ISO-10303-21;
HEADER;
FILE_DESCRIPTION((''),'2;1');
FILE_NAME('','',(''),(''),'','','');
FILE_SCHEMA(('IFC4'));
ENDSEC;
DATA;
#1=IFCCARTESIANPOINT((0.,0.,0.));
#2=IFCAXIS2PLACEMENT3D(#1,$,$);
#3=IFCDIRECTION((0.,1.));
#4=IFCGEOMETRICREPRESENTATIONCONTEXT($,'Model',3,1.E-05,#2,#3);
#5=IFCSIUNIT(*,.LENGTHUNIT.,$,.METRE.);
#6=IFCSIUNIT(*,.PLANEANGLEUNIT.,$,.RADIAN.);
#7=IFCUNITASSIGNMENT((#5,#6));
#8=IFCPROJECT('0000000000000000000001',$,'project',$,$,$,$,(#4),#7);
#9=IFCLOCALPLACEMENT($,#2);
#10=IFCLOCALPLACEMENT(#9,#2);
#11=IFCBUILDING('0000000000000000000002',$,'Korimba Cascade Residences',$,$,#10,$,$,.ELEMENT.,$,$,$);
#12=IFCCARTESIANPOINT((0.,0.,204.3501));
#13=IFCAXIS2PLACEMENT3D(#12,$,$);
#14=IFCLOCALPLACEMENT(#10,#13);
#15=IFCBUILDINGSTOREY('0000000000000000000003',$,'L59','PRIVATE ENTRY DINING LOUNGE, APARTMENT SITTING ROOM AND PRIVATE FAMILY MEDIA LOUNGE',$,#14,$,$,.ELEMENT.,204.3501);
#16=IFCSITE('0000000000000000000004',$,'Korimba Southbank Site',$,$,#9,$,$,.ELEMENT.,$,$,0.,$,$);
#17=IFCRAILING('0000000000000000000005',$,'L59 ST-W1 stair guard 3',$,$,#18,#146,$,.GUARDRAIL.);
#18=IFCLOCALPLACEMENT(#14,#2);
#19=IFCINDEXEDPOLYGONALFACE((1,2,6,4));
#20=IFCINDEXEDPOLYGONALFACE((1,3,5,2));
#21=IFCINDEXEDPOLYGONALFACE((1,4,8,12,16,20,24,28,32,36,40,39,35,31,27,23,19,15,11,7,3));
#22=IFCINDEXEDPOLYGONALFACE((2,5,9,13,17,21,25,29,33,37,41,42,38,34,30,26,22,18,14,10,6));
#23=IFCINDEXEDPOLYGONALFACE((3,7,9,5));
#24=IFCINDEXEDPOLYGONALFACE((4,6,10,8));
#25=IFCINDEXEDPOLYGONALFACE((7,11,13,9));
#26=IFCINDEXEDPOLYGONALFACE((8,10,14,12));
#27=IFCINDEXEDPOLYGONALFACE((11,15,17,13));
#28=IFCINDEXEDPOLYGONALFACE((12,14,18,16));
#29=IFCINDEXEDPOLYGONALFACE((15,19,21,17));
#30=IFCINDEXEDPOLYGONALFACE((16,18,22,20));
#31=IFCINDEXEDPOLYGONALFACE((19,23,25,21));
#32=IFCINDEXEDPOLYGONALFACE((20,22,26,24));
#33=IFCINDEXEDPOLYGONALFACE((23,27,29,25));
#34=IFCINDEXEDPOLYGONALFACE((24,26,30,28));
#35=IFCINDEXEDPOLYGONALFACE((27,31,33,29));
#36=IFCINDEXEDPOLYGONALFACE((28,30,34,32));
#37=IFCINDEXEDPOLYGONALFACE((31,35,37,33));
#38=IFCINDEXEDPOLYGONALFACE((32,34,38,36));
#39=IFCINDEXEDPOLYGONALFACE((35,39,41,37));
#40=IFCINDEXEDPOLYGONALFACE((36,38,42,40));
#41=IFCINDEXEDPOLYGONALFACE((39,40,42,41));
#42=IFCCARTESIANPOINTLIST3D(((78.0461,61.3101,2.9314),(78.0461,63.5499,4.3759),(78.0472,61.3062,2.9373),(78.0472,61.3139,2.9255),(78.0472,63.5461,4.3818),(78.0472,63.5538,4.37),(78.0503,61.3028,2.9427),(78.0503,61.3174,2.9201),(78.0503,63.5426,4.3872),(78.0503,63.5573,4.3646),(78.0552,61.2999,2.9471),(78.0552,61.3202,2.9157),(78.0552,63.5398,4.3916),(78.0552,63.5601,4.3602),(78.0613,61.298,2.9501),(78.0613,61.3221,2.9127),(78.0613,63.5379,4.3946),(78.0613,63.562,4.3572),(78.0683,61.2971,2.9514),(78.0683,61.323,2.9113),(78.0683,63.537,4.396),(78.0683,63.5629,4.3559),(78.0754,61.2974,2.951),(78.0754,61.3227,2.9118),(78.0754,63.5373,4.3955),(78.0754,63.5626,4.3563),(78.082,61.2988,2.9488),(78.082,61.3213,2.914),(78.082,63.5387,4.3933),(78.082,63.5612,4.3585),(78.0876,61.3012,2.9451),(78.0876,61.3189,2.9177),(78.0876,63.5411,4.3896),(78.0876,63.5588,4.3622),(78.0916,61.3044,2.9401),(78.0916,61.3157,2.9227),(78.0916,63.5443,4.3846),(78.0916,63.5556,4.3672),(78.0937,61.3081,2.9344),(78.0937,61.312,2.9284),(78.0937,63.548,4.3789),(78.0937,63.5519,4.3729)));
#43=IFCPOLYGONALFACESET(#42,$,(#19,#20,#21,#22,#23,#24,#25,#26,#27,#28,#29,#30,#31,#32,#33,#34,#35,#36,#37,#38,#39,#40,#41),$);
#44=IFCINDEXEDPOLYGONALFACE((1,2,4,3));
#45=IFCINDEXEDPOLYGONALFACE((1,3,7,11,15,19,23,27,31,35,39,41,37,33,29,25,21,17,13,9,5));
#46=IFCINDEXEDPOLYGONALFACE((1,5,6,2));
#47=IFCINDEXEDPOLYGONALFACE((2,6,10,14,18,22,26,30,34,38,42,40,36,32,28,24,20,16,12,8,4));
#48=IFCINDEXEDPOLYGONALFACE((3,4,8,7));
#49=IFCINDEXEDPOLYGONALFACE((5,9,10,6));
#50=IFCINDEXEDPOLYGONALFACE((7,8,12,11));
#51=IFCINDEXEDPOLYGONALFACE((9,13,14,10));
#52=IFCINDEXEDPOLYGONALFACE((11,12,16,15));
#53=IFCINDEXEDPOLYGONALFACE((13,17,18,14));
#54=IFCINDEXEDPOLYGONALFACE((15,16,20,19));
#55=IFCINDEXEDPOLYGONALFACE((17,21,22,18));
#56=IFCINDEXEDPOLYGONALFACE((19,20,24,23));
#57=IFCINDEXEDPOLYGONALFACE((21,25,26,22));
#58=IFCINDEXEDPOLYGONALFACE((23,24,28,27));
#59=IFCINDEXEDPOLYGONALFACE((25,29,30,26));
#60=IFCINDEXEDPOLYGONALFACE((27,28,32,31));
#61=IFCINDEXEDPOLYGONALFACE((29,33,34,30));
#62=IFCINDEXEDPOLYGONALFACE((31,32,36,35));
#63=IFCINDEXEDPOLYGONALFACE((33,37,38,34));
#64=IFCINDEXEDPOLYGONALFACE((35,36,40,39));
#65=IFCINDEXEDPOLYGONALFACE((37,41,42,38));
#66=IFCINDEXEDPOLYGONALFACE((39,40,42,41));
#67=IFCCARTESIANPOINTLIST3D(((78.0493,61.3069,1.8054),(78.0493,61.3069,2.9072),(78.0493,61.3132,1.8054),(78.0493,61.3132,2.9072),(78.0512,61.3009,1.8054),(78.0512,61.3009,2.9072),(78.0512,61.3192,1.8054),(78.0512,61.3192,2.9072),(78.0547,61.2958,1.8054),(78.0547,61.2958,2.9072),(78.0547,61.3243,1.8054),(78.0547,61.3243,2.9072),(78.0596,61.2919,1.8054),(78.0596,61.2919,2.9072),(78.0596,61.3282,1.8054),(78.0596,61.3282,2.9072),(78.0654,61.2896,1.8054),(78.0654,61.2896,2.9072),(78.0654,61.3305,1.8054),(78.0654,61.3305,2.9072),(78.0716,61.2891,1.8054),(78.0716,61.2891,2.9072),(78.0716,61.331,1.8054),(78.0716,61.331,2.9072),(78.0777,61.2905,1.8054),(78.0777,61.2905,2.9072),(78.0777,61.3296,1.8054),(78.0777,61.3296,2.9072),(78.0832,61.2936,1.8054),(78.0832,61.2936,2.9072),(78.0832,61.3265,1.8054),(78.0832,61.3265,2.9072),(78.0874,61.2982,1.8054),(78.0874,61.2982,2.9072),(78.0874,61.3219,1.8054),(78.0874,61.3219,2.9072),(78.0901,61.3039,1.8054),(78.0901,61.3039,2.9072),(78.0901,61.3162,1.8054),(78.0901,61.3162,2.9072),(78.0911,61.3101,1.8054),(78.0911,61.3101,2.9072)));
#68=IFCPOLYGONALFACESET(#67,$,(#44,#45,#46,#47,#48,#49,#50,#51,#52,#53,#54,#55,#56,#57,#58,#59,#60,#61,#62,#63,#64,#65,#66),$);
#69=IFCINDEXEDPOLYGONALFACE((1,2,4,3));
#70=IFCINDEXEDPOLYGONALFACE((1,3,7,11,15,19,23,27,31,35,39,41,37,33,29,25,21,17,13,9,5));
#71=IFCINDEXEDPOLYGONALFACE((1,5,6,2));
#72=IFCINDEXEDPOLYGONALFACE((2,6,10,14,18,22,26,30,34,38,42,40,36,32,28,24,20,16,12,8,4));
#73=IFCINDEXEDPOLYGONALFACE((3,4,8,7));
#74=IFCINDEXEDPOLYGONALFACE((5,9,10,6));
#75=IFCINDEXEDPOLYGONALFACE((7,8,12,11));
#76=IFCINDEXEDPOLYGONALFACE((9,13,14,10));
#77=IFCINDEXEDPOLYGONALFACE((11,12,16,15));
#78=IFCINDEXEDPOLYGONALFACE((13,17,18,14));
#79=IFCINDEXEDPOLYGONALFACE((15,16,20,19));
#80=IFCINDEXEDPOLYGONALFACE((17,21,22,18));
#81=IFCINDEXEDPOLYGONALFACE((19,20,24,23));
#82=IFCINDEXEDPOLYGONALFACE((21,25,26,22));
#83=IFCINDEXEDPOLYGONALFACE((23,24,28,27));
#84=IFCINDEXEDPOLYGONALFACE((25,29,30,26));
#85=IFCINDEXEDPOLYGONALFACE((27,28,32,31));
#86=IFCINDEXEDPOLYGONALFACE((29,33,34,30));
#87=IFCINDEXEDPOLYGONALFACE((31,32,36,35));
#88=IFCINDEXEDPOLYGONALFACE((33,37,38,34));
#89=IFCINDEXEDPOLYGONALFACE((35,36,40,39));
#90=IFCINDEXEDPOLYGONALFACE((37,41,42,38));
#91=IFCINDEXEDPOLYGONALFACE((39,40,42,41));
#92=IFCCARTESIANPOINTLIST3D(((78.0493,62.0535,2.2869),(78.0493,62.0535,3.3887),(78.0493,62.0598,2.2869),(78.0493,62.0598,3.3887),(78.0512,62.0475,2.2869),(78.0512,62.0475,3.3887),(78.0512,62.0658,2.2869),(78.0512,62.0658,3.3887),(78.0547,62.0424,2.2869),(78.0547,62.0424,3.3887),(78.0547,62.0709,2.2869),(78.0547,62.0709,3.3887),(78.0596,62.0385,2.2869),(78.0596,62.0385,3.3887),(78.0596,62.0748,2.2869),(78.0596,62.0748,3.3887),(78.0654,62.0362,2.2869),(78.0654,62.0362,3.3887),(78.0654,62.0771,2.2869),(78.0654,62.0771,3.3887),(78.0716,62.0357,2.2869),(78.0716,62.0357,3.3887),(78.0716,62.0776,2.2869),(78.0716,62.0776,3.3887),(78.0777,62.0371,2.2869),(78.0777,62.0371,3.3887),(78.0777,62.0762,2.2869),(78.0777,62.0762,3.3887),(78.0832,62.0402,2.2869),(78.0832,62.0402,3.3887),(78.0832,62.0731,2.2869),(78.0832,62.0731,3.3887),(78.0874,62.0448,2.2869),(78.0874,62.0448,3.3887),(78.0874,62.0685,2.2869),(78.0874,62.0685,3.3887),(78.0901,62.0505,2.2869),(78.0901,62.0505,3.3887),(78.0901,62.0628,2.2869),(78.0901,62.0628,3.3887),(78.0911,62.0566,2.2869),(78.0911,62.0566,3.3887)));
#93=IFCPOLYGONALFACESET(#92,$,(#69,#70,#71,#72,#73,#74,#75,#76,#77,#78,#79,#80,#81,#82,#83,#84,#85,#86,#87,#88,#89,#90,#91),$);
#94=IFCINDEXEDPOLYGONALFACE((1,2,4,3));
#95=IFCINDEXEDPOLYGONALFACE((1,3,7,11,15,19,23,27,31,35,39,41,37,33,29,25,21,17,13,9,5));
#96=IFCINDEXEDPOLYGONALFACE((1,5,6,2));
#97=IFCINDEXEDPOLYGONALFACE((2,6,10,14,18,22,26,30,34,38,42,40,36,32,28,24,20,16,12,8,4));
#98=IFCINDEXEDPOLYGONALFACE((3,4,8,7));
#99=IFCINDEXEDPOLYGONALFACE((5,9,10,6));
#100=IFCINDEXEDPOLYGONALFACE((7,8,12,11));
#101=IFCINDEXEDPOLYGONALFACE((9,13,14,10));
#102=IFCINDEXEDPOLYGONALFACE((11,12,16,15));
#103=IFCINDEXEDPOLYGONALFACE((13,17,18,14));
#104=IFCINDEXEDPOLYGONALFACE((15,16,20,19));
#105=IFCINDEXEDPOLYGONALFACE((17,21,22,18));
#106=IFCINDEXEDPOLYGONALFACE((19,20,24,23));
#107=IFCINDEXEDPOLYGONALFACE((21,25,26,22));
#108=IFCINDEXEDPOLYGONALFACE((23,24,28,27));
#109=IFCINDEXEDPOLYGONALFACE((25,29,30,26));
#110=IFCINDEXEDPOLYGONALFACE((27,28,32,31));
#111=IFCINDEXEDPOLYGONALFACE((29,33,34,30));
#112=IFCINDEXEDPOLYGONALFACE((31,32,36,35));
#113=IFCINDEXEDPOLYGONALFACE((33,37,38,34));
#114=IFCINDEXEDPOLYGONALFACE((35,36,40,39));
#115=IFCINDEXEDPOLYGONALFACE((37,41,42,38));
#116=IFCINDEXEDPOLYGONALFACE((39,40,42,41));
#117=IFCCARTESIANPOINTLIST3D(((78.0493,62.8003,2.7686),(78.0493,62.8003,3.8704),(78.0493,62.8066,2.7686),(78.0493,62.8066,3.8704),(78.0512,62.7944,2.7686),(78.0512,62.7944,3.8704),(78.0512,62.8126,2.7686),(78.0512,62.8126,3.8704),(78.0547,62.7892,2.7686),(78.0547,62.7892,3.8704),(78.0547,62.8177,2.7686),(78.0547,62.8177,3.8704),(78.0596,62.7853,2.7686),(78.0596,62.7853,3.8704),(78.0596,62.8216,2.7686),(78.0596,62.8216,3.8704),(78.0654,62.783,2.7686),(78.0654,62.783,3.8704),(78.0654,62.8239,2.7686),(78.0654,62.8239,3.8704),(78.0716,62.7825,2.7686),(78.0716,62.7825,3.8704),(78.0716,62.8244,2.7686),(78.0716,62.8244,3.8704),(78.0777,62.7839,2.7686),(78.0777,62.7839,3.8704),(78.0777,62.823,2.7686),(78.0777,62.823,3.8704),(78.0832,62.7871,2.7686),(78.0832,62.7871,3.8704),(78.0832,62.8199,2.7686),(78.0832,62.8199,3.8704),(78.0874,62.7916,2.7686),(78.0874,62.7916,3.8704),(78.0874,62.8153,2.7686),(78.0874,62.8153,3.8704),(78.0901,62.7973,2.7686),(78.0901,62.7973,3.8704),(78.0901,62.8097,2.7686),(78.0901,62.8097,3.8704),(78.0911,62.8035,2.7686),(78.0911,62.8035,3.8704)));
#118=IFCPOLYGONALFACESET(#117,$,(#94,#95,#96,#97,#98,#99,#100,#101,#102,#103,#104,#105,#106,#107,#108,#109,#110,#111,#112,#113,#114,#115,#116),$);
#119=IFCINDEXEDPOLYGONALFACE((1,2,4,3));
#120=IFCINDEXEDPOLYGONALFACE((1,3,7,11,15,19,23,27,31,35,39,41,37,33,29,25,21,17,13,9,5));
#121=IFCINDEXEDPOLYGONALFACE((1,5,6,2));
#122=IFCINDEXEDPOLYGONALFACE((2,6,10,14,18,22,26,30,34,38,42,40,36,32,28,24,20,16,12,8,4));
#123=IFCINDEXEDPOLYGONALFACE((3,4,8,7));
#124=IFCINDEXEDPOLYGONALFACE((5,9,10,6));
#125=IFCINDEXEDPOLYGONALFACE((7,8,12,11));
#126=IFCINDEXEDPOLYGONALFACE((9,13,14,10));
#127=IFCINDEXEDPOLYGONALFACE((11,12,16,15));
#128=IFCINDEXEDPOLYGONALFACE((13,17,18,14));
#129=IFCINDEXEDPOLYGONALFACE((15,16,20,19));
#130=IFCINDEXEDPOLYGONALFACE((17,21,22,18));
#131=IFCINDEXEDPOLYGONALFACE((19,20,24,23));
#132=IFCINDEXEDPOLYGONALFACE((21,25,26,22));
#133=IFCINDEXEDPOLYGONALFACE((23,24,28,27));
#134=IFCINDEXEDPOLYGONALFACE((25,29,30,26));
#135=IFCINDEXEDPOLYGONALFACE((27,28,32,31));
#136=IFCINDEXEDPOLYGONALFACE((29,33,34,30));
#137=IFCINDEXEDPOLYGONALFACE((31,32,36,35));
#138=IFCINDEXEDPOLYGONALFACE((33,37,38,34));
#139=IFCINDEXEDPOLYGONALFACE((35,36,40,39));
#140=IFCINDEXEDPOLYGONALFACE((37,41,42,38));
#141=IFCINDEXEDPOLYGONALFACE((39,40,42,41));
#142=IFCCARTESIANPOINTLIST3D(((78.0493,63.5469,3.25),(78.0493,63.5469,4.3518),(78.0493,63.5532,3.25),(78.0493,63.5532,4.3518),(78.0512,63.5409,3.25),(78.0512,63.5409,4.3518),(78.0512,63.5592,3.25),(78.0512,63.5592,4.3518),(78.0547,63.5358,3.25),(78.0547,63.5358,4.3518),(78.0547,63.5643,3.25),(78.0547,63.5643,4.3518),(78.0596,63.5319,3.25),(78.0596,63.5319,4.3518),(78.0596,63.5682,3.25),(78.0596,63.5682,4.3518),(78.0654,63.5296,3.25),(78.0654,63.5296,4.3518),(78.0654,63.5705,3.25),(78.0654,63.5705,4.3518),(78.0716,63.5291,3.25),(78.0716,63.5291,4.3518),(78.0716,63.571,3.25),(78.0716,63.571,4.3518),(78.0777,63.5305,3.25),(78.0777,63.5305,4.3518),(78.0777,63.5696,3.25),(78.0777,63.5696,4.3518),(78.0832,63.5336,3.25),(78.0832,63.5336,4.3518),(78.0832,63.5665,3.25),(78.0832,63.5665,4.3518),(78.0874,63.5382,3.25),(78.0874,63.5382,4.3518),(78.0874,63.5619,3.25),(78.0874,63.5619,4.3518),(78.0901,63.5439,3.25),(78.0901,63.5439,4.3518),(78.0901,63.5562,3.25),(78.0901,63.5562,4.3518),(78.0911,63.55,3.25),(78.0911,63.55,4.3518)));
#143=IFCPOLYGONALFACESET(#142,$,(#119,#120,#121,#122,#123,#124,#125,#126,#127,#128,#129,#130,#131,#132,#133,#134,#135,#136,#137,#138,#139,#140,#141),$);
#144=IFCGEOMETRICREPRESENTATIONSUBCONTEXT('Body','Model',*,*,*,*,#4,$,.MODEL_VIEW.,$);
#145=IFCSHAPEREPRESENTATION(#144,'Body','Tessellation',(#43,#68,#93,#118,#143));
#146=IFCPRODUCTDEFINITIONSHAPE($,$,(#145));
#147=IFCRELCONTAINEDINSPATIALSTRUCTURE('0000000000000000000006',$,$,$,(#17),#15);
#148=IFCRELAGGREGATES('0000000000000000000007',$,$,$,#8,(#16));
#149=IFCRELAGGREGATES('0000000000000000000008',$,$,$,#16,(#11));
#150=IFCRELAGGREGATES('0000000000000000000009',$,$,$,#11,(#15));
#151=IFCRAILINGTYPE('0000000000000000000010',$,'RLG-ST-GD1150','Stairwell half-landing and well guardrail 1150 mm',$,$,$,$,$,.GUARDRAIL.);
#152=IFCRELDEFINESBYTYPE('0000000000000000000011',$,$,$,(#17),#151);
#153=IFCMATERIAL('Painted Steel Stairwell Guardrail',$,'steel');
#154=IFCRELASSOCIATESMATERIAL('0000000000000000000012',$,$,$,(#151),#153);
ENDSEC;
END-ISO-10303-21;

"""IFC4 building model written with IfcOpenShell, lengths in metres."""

from ifc_helpers import new_model, si_unit, direction, frame, origin, origin_2d, place, context, subcontext, project, spatial, circle, extrude, material, type_object, element, save


model = new_model("IFC4")

# Units and contexts
model_context = context("Model", 3, precision=1e-05, world=origin(), true_north=direction((0.0, 1.0)))
body_context = subcontext(model_context, "Body", "Model", "MODEL_VIEW")
ifc_project = project(units=[si_unit("LENGTHUNIT", "METRE"), si_unit("PLANEANGLEUNIT", "RADIAN")], contexts=[model_context])

# Site, building, storey
site_placement = place(None, origin())
site = spatial("IfcSite", under=ifc_project, at=site_placement, Name="Korimba Southbank Site", CompositionType="ELEMENT", RefElevation=0.0)
building_placement = place(site_placement, origin())
building = spatial("IfcBuilding", under=site, at=building_placement, Name="Korimba Cascade Residences", CompositionType="ELEMENT")
storey_placement = place(building_placement, frame((0.0, 0.0, 204.3501)))
storey = spatial("IfcBuildingStorey", under=building, at=storey_placement, Name="L59", Description="PRIVATE ENTRY DINING LOUNGE, APARTMENT SITTING ROOM AND PRIVATE FAMILY MEDIA LOUNGE", CompositionType="ELEMENT", Elevation=204.3501)

# Railing
ifc_material_1 = material(Name="Painted Steel Stairwell Guardrail", Category="steel")
railing_type_1 = type_object("IfcRailingType", Name="RLG-ST-GD1150", Description="Stairwell half-landing and well guardrail 1150 mm", PredefinedType="GUARDRAIL", material=ifc_material_1)
railing_1_placement = place(storey_placement, frame((78.0701, 61.3101, 1.8054)))
element("IfcRailing", 1, at=railing_1_placement, inside=storey, type_object=railing_type_1, Name="L59 ST-W1 stair guard 3", PredefinedType="GUARDRAIL", context=body_context, shape_type="SweptSolid", body=[
    extrude(circle(Radius=0.0239, at=origin_2d()), frame((0.0, 0.0, 1.126), z_axis=(0.0, 0.840395, 0.541975), x_axis=(-1.0, 0.0, 0.0)), (0.0, 0.0, 1.0), 2.6653),
    extrude(circle(Radius=0.021, at=origin_2d()), origin(), (0.0, 0.0, 1.0), 1.1018),
    extrude(circle(Radius=0.021, at=origin_2d()), frame((0.0, 0.7466, 0.4814)), (0.0, 0.0, 1.0), 1.1018),
    extrude(circle(Radius=0.021, at=origin_2d()), frame((0.0, 1.4934, 0.9631)), (0.0, 0.0, 1.0), 1.1018),
    extrude(circle(Radius=0.021, at=origin_2d()), frame((0.0, 2.24, 1.4446)), (0.0, 0.0, 1.0), 1.1018),
])

save(model, "model.ifc")
